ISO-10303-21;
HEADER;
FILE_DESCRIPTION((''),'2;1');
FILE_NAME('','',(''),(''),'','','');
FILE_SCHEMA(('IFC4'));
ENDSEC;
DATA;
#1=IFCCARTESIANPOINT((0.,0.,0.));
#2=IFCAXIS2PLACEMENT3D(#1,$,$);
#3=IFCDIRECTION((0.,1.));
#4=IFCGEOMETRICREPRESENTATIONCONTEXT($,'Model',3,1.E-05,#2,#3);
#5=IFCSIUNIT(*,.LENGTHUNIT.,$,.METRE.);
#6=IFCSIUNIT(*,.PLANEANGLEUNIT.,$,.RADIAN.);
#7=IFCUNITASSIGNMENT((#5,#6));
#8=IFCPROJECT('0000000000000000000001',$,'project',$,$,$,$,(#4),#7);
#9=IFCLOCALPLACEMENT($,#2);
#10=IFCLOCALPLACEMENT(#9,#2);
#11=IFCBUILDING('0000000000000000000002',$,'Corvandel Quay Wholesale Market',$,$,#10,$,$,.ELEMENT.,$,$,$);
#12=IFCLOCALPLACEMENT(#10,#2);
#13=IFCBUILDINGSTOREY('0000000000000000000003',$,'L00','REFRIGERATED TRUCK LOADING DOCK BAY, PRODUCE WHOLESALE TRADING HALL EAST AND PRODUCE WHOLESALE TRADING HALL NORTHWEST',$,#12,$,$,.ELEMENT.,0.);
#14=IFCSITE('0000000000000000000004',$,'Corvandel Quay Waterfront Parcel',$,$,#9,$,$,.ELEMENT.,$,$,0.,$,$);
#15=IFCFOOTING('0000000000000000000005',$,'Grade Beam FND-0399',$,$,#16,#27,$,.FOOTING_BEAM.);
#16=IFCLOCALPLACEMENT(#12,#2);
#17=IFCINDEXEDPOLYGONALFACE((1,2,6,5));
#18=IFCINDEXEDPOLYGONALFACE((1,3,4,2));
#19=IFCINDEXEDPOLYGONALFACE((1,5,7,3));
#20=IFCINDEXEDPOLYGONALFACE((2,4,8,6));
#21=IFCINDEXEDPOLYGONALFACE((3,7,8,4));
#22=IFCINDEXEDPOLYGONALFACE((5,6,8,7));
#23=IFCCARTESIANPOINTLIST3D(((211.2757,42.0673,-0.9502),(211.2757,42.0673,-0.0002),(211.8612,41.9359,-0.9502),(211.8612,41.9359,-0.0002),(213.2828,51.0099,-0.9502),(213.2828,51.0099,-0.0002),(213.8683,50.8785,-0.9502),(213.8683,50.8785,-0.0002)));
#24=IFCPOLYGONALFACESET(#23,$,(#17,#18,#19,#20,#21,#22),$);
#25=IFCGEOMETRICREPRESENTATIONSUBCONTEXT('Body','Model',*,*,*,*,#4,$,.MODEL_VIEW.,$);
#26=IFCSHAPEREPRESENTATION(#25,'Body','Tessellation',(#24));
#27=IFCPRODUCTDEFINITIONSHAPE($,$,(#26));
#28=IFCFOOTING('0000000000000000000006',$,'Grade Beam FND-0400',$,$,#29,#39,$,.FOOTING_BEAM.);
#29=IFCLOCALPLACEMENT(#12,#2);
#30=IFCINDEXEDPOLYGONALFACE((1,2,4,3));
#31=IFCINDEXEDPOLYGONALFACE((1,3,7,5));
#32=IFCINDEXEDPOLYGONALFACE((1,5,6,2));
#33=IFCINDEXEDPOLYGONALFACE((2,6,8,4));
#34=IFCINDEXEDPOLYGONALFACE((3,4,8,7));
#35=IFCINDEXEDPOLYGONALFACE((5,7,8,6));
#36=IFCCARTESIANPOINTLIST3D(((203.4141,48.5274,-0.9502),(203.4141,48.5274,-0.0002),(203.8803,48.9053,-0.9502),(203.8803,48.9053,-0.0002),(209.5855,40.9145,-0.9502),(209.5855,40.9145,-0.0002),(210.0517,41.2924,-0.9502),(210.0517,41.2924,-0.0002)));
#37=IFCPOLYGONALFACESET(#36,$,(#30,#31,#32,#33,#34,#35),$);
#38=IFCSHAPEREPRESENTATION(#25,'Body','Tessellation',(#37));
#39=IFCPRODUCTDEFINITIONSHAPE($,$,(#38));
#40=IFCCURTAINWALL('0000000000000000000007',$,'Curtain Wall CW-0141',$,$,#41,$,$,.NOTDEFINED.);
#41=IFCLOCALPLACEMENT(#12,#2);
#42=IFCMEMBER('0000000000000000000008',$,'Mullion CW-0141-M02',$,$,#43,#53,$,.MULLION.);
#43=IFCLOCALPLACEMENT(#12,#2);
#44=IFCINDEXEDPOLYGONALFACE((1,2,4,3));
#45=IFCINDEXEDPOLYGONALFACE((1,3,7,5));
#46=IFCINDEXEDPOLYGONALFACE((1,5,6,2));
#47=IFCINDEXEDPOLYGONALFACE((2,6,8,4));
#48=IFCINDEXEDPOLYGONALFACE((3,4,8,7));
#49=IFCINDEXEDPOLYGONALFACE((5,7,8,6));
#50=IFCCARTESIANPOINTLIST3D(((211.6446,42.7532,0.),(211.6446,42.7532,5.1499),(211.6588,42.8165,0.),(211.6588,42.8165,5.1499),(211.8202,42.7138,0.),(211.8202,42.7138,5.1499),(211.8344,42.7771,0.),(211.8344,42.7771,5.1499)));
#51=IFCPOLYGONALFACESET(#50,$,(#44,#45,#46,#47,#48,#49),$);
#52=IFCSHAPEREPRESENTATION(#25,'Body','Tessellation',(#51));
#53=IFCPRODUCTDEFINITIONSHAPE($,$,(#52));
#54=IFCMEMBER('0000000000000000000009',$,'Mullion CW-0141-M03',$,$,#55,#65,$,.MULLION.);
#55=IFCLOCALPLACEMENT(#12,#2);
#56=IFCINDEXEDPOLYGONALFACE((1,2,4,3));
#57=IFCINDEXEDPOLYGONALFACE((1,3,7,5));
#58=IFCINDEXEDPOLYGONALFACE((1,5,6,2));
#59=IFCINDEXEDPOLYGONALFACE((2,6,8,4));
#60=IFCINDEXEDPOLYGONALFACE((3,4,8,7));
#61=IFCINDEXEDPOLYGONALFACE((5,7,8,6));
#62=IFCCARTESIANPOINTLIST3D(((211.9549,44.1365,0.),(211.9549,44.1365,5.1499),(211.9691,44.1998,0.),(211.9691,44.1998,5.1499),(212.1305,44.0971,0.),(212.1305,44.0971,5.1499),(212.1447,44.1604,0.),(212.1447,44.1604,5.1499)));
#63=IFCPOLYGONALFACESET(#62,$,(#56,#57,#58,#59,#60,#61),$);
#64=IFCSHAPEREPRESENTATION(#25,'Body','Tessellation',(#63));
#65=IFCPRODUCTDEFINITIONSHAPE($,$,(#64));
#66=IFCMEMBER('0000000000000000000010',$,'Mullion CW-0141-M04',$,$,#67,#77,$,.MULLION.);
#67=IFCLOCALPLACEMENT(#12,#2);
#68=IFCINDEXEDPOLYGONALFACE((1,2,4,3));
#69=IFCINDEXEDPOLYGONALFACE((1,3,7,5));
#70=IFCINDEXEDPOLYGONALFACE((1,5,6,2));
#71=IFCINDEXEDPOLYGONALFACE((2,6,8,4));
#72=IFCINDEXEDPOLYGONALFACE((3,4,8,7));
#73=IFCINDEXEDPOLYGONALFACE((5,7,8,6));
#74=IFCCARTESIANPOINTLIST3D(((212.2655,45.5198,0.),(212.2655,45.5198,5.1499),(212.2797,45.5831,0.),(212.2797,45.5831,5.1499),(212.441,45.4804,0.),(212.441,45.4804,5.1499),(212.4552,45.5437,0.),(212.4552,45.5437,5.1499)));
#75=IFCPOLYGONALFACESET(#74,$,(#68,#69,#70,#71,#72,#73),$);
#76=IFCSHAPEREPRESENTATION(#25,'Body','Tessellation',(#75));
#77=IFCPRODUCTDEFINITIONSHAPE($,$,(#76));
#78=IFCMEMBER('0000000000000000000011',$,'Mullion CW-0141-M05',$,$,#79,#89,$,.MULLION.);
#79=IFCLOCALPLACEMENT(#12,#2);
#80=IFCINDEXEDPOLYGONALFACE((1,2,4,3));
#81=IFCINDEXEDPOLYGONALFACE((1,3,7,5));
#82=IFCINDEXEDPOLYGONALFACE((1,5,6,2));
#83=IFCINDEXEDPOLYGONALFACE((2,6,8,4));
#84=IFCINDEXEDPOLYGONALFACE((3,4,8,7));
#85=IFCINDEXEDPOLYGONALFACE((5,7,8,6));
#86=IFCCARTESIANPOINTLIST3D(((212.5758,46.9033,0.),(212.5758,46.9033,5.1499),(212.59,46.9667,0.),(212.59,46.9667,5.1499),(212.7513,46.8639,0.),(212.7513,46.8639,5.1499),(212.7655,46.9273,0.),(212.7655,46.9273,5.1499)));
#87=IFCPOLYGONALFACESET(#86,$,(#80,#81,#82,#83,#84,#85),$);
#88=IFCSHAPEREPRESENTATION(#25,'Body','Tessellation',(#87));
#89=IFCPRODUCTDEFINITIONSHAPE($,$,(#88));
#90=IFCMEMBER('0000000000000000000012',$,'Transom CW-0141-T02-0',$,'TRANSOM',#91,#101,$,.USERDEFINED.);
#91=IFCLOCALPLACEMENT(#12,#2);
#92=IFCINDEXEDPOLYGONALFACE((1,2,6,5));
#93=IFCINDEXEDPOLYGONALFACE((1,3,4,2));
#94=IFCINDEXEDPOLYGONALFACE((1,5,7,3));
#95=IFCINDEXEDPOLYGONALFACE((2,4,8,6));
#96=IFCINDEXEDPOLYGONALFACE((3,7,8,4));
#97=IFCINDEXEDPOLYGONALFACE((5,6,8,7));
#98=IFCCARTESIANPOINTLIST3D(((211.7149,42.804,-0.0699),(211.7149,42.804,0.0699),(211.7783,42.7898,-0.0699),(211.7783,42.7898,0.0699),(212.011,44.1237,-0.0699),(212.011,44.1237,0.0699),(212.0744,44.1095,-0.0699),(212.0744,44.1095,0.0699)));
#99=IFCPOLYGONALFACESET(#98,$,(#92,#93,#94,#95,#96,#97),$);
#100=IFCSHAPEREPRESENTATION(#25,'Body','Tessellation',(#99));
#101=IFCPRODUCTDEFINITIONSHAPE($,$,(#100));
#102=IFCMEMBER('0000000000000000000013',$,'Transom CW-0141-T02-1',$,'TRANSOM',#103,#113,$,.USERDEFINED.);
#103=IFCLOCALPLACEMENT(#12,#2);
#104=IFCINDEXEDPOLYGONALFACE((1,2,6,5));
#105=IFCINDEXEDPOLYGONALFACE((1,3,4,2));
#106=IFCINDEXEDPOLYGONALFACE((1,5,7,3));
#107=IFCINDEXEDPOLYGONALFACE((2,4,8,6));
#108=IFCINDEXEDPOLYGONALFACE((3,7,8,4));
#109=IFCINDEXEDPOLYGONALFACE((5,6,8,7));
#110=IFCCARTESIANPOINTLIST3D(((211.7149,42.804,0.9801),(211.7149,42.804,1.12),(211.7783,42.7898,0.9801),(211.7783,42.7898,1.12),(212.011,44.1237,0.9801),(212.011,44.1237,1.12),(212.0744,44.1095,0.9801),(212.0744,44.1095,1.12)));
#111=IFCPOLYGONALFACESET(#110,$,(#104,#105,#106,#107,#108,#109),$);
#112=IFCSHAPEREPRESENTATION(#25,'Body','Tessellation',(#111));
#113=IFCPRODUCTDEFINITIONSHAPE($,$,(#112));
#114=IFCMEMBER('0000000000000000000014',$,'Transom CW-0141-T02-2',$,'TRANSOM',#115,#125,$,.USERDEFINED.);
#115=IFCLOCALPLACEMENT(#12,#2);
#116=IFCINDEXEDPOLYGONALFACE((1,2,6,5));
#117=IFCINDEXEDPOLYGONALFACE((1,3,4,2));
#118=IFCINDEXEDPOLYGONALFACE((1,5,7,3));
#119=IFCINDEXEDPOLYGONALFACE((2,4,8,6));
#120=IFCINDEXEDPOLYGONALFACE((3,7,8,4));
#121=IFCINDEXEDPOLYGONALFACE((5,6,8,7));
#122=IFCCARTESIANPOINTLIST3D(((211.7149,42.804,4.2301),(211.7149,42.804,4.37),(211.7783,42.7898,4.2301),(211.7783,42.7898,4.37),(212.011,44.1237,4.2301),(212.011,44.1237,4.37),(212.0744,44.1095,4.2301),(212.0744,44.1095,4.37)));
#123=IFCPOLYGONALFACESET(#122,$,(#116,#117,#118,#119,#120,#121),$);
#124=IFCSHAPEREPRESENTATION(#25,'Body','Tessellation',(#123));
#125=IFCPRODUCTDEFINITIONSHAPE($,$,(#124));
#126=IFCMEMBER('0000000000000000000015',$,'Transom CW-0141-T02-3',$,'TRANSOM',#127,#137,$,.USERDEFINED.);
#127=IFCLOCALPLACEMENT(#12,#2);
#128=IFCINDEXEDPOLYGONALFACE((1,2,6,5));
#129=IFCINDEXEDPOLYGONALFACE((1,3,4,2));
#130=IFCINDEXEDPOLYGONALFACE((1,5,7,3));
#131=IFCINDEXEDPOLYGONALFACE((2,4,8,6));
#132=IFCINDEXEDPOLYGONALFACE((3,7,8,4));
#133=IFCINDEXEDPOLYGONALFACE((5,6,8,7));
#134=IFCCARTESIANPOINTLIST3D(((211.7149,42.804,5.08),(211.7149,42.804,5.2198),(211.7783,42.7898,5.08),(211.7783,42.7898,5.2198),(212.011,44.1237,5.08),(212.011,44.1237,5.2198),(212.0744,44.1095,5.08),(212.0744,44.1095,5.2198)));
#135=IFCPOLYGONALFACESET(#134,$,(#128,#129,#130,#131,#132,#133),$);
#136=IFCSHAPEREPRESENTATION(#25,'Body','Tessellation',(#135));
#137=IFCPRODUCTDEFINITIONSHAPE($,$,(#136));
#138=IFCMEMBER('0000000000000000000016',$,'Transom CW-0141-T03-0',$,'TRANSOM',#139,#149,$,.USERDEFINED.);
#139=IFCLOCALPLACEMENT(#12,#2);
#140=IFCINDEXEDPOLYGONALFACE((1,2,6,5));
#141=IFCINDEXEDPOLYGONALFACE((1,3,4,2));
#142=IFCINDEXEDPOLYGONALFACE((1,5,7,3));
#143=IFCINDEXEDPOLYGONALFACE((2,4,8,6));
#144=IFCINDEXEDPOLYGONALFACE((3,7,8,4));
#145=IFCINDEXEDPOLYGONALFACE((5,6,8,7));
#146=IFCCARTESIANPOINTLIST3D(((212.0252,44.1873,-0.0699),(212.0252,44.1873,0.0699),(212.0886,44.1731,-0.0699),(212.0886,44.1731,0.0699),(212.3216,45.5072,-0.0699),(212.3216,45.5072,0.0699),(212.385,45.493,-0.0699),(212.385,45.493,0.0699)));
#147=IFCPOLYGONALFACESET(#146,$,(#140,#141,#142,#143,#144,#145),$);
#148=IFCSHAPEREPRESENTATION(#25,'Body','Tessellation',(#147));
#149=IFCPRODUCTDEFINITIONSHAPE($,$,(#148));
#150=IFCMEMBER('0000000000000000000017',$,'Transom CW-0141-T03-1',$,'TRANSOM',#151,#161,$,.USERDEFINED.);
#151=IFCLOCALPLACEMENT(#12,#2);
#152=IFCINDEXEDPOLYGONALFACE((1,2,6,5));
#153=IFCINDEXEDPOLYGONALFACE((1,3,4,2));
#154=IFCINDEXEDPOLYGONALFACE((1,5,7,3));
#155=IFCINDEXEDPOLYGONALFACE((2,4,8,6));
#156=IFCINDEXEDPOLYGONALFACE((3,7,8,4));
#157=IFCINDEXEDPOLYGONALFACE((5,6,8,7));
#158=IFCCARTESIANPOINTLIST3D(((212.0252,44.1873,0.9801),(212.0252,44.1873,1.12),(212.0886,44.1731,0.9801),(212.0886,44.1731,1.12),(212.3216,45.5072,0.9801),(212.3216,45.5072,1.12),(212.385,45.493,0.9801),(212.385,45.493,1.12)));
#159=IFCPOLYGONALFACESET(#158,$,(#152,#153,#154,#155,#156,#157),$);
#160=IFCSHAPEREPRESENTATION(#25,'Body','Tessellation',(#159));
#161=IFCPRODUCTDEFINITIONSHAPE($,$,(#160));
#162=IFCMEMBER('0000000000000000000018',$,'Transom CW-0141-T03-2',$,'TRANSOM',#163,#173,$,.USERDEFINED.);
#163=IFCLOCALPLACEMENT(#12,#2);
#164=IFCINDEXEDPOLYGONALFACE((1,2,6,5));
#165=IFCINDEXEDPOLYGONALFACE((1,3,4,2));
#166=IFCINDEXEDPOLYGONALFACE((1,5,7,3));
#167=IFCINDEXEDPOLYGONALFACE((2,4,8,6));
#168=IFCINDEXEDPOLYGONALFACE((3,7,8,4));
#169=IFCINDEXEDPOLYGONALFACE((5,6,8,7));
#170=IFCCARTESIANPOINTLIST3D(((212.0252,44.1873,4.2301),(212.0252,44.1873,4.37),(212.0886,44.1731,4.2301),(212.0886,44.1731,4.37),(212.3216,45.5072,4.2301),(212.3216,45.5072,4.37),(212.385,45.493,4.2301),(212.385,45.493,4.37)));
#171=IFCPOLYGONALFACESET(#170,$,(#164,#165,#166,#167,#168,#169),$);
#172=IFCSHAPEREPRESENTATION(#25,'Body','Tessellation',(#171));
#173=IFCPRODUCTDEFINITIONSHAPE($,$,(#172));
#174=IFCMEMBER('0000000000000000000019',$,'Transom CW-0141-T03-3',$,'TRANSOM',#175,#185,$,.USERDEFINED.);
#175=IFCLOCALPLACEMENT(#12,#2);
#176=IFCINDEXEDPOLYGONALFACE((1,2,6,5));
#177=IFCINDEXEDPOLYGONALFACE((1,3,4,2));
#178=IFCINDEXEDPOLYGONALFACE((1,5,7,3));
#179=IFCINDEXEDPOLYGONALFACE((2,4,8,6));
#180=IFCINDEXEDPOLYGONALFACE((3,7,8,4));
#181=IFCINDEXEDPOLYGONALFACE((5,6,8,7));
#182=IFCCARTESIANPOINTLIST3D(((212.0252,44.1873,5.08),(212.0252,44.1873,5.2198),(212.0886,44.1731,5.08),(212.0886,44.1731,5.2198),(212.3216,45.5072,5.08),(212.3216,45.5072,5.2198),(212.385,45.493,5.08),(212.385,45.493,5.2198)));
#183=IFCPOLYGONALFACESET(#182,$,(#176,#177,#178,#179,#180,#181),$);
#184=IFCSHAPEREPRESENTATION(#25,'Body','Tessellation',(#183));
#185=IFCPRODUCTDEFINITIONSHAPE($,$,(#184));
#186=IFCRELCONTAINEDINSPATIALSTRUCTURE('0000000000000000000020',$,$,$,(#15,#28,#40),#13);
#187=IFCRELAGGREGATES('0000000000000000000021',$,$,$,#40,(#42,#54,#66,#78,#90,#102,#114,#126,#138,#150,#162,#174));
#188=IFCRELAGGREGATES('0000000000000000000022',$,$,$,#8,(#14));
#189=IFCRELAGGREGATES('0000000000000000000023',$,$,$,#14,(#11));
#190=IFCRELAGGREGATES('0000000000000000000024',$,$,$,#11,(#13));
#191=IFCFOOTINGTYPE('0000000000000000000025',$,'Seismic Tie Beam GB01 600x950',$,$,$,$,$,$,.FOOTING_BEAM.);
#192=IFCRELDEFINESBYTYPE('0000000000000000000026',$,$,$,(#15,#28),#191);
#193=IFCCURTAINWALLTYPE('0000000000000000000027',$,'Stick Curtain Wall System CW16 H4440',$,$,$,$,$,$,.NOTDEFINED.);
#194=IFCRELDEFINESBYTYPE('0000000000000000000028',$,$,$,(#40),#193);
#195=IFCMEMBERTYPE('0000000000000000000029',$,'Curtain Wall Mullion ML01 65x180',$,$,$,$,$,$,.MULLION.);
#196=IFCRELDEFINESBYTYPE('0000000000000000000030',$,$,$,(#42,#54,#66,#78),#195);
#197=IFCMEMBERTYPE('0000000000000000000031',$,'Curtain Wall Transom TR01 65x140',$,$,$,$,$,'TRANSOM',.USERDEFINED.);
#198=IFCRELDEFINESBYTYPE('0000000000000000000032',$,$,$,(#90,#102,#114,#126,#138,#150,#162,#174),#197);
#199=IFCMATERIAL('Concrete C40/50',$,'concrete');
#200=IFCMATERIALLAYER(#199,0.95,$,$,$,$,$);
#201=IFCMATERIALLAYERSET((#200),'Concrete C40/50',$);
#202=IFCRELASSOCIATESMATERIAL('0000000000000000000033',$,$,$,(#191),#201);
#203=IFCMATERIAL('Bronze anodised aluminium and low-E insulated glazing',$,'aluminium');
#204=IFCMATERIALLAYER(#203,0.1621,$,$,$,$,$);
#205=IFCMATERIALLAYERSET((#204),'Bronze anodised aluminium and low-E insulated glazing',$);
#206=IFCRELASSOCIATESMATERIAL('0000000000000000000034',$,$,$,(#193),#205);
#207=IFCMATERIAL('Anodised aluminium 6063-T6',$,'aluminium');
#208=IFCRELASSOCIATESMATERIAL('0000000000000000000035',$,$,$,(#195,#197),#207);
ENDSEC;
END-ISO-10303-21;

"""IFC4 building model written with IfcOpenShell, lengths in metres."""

from ifc_helpers import new_model, si_unit, direction, frame, origin, origin_2d, place, context, subcontext, project, spatial, rectangle, extrude, material, layer, layer_set, material_profile, profile_set, type_object, element, aggregate, save


model = new_model("IFC4")

# Units and contexts
model_context = context("Model", 3, precision=1e-05, world=origin(), true_north=direction((0.0, 1.0)))
body_context = subcontext(model_context, "Body", "Model", "MODEL_VIEW")
ifc_project = project(units=[si_unit("LENGTHUNIT", "METRE"), si_unit("PLANEANGLEUNIT", "RADIAN")], contexts=[model_context])

# Site, building, storey
site_placement = place(None, origin())
site = spatial("IfcSite", under=ifc_project, at=site_placement, Name="Corvandel Quay Waterfront Parcel", CompositionType="ELEMENT", RefElevation=0.0)
building_placement = place(site_placement, origin())
building = spatial("IfcBuilding", under=site, at=building_placement, Name="Corvandel Quay Wholesale Market", CompositionType="ELEMENT")
storey_placement = place(building_placement, origin())
storey = spatial("IfcBuildingStorey", under=building, at=storey_placement, Name="L00", Description="REFRIGERATED TRUCK LOADING DOCK BAY, PRODUCE WHOLESALE TRADING HALL EAST AND PRODUCE WHOLESALE TRADING HALL NORTHWEST", CompositionType="ELEMENT", Elevation=0.0)

# Footings
ifc_material_1 = material(Name="Concrete C40/50", Category="concrete")
ifc_layer_1 = layer(ifc_material_1, 0.95)
ifc_layer_set_1 = layer_set([ifc_layer_1], Name="Concrete C40/50")
footing_type = type_object("IfcFootingType", Name="Seismic Tie Beam GB01 600x950", PredefinedType="FOOTING_BEAM", material=ifc_layer_set_1)
footing_1_placement = place(storey_placement, frame((212.572, 46.4729, -0.9502), z_axis=(0.0, 0.0, 1.0), x_axis=(0.218995, 0.975726, 0.0)))
element("IfcFooting", 1, at=footing_1_placement, inside=storey, type_object=footing_type, Name="Grade Beam FND-0399", PredefinedType="FOOTING_BEAM", context=body_context, shape_type="SweptSolid", body=[
    extrude(rectangle(XDim=9.165, YDim=0.6001, at=origin_2d()), origin(), (0.0, 0.0, 1.0), 0.95),
])
footing_2_placement = place(storey_placement, frame((206.7329, 44.9099, -0.9502), z_axis=(0.0, 0.0, 1.0), x_axis=(-0.629727, 0.776816, 0.0)))
element("IfcFooting", 2, at=footing_2_placement, inside=storey, type_object=footing_type, Name="Grade Beam FND-0400", PredefinedType="FOOTING_BEAM", context=body_context, shape_type="SweptSolid", body=[
    extrude(rectangle(XDim=9.8, YDim=0.6001, at=origin_2d()), origin(), (0.0, 0.0, 1.0), 0.95),
])

# Curtain wall, members
ifc_material_2 = material(Name="Bronze anodised aluminium and low-E insulated glazing", Category="aluminium")
ifc_layer_2 = layer(ifc_material_2, 0.1621)
ifc_layer_set_2 = layer_set([ifc_layer_2], Name="Bronze anodised aluminium and low-E insulated glazing")
curtain_wall_type = type_object("IfcCurtainWallType", Name="Stick Curtain Wall System CW16 H4440", PredefinedType="NOTDEFINED", material=ifc_layer_set_2)
curtain_wall_placement = place(storey_placement, origin())
curtain_wall = element("IfcCurtainWall", 3, at=curtain_wall_placement, inside=storey, type_object=curtain_wall_type, Name="Curtain Wall CW-0141", PredefinedType="NOTDEFINED")
ifc_material_3 = material(Name="Anodised aluminium 6063-T6", Category="aluminium")
ifc_material_profile_1 = material_profile(ifc_material_3, rectangle(XDim=0.0649, YDim=0.1799, at=origin_2d()), Name="ALU-MUL-65x180")
ifc_profile_set_1 = profile_set([ifc_material_profile_1], Name="Anodised aluminium 6063-T6")
member_type_1 = type_object("IfcMemberType", Name="Curtain Wall Mullion ML01 65x180", PredefinedType="MULLION", material=ifc_profile_set_1)
member_1_placement = place(storey_placement, frame((211.7395, 42.7651, 0.0), z_axis=(0.0, 0.0, 1.0), x_axis=(0.218995, 0.975726, 0.0)))
member_1 = element("IfcMember", 4, at=member_1_placement, type_object=member_type_1, Name="Mullion CW-0141-M02", PredefinedType="MULLION", context=body_context, shape_type="SweptSolid", body=[
    extrude(rectangle(XDim=0.0649, YDim=0.1799, at=origin_2d()), origin(), (0.0, 0.0, 1.0), 5.1499),
])
member_2_placement = place(storey_placement, frame((212.0498, 44.1484, 0.0), z_axis=(0.0, 0.0, 1.0), x_axis=(0.218995, 0.975726, 0.0)))
member_2 = element("IfcMember", 5, at=member_2_placement, type_object=member_type_1, Name="Mullion CW-0141-M03", PredefinedType="MULLION", context=body_context, shape_type="SweptSolid", body=[
    extrude(rectangle(XDim=0.0649, YDim=0.1799, at=origin_2d()), origin(), (0.0, 0.0, 1.0), 5.1499),
])
member_3_placement = place(storey_placement, frame((212.3604, 45.5317, 0.0), z_axis=(0.0, 0.0, 1.0), x_axis=(0.218995, 0.975726, 0.0)))
member_3 = element("IfcMember", 6, at=member_3_placement, type_object=member_type_1, Name="Mullion CW-0141-M04", PredefinedType="MULLION", context=body_context, shape_type="SweptSolid", body=[
    extrude(rectangle(XDim=0.0649, YDim=0.1799, at=origin_2d()), origin(), (0.0, 0.0, 1.0), 5.1499),
])
member_4_placement = place(storey_placement, frame((212.6707, 46.9153, 0.0), z_axis=(0.0, 0.0, 1.0), x_axis=(0.218995, 0.975726, 0.0)))
member_4 = element("IfcMember", 7, at=member_4_placement, type_object=member_type_1, Name="Mullion CW-0141-M05", PredefinedType="MULLION", context=body_context, shape_type="SweptSolid", body=[
    extrude(rectangle(XDim=0.0649, YDim=0.1799, at=origin_2d()), origin(), (0.0, 0.0, 1.0), 5.1499),
])
ifc_material_profile_2 = material_profile(ifc_material_3, rectangle(XDim=0.0649, YDim=0.1399, at=origin_2d()), Name="ALU-TRN-65x140")
ifc_profile_set_2 = profile_set([ifc_material_profile_2], Name="Anodised aluminium 6063-T6")
member_type_2 = type_object("IfcMemberType", Name="Curtain Wall Transom TR01 65x140", ElementType="TRANSOM", PredefinedType="USERDEFINED", material=ifc_profile_set_2)
member_5_placement = place(storey_placement, frame((211.7466, 42.7969, 0.0), z_axis=(0.218937, 0.975739, 0.0), x_axis=(-0.975739, 0.218937, 0.0)))
member_5 = element("IfcMember", 8, at=member_5_placement, type_object=member_type_2, Name="Transom CW-0141-T02-0", ObjectType="TRANSOM", PredefinedType="USERDEFINED", context=body_context, shape_type="SweptSolid", body=[
    extrude(rectangle(XDim=0.0649, YDim=0.1399, at=origin_2d()), origin(), (0.0, 0.0, 1.0), 1.3525),
])
member_6_placement = place(storey_placement, frame((211.7466, 42.7969, 1.05), z_axis=(0.218937, 0.975739, 0.0), x_axis=(-0.975739, 0.218937, 0.0)))
member_6 = element("IfcMember", 9, at=member_6_placement, type_object=member_type_2, Name="Transom CW-0141-T02-1", ObjectType="TRANSOM", PredefinedType="USERDEFINED", context=body_context, shape_type="SweptSolid", body=[
    extrude(rectangle(XDim=0.0649, YDim=0.1399, at=origin_2d()), origin(), (0.0, 0.0, 1.0), 1.3525),
])
member_7_placement = place(storey_placement, frame((211.7466, 42.7969, 4.3), z_axis=(0.218937, 0.975739, 0.0), x_axis=(-0.975739, 0.218937, 0.0)))
member_7 = element("IfcMember", 10, at=member_7_placement, type_object=member_type_2, Name="Transom CW-0141-T02-2", ObjectType="TRANSOM", PredefinedType="USERDEFINED", context=body_context, shape_type="SweptSolid", body=[
    extrude(rectangle(XDim=0.0649, YDim=0.1399, at=origin_2d()), origin(), (0.0, 0.0, 1.0), 1.3525),
])
member_8_placement = place(storey_placement, frame((211.7466, 42.7969, 5.1499), z_axis=(0.218937, 0.975739, 0.0), x_axis=(-0.975739, 0.218937, 0.0)))
member_8 = element("IfcMember", 11, at=member_8_placement, type_object=member_type_2, Name="Transom CW-0141-T02-3", ObjectType="TRANSOM", PredefinedType="USERDEFINED", context=body_context, shape_type="SweptSolid", body=[
    extrude(rectangle(XDim=0.0649, YDim=0.1399, at=origin_2d()), origin(), (0.0, 0.0, 1.0), 1.3525),
])
member_9_placement = place(storey_placement, frame((212.0569, 44.1802, 0.0), z_axis=(0.219108, 0.975701, 0.0), x_axis=(-0.975701, 0.219108, 0.0)))
member_9 = element("IfcMember", 12, at=member_9_placement, type_object=member_type_2, Name="Transom CW-0141-T03-0", ObjectType="TRANSOM", PredefinedType="USERDEFINED", context=body_context, shape_type="SweptSolid", body=[
    extrude(rectangle(XDim=0.0649, YDim=0.1399, at=origin_2d()), origin(), (0.0, 0.0, 1.0), 1.3528),
])
member_10_placement = place(storey_placement, frame((212.0569, 44.1802, 1.05), z_axis=(0.219108, 0.975701, 0.0), x_axis=(-0.975701, 0.219108, 0.0)))
member_10 = element("IfcMember", 13, at=member_10_placement, type_object=member_type_2, Name="Transom CW-0141-T03-1", ObjectType="TRANSOM", PredefinedType="USERDEFINED", context=body_context, shape_type="SweptSolid", body=[
    extrude(rectangle(XDim=0.0649, YDim=0.1399, at=origin_2d()), origin(), (0.0, 0.0, 1.0), 1.3528),
])
member_11_placement = place(storey_placement, frame((212.0569, 44.1802, 4.3), z_axis=(0.219108, 0.975701, 0.0), x_axis=(-0.975701, 0.219108, 0.0)))
member_11 = element("IfcMember", 14, at=member_11_placement, type_object=member_type_2, Name="Transom CW-0141-T03-2", ObjectType="TRANSOM", PredefinedType="USERDEFINED", context=body_context, shape_type="SweptSolid", body=[
    extrude(rectangle(XDim=0.0649, YDim=0.1399, at=origin_2d()), origin(), (0.0, 0.0, 1.0), 1.3528),
])
member_12_placement = place(storey_placement, frame((212.0569, 44.1802, 5.1499), z_axis=(0.219108, 0.975701, 0.0), x_axis=(-0.975701, 0.219108, 0.0)))
member_12 = element("IfcMember", 15, at=member_12_placement, type_object=member_type_2, Name="Transom CW-0141-T03-3", ObjectType="TRANSOM", PredefinedType="USERDEFINED", context=body_context, shape_type="SweptSolid", body=[
    extrude(rectangle(XDim=0.0649, YDim=0.1399, at=origin_2d()), origin(), (0.0, 0.0, 1.0), 1.3528),
])
aggregate(curtain_wall, [member_1, member_2, member_3, member_4, member_5, member_6, member_7, member_8, member_9, member_10, member_11, member_12])

save(model, "model.ifc")
